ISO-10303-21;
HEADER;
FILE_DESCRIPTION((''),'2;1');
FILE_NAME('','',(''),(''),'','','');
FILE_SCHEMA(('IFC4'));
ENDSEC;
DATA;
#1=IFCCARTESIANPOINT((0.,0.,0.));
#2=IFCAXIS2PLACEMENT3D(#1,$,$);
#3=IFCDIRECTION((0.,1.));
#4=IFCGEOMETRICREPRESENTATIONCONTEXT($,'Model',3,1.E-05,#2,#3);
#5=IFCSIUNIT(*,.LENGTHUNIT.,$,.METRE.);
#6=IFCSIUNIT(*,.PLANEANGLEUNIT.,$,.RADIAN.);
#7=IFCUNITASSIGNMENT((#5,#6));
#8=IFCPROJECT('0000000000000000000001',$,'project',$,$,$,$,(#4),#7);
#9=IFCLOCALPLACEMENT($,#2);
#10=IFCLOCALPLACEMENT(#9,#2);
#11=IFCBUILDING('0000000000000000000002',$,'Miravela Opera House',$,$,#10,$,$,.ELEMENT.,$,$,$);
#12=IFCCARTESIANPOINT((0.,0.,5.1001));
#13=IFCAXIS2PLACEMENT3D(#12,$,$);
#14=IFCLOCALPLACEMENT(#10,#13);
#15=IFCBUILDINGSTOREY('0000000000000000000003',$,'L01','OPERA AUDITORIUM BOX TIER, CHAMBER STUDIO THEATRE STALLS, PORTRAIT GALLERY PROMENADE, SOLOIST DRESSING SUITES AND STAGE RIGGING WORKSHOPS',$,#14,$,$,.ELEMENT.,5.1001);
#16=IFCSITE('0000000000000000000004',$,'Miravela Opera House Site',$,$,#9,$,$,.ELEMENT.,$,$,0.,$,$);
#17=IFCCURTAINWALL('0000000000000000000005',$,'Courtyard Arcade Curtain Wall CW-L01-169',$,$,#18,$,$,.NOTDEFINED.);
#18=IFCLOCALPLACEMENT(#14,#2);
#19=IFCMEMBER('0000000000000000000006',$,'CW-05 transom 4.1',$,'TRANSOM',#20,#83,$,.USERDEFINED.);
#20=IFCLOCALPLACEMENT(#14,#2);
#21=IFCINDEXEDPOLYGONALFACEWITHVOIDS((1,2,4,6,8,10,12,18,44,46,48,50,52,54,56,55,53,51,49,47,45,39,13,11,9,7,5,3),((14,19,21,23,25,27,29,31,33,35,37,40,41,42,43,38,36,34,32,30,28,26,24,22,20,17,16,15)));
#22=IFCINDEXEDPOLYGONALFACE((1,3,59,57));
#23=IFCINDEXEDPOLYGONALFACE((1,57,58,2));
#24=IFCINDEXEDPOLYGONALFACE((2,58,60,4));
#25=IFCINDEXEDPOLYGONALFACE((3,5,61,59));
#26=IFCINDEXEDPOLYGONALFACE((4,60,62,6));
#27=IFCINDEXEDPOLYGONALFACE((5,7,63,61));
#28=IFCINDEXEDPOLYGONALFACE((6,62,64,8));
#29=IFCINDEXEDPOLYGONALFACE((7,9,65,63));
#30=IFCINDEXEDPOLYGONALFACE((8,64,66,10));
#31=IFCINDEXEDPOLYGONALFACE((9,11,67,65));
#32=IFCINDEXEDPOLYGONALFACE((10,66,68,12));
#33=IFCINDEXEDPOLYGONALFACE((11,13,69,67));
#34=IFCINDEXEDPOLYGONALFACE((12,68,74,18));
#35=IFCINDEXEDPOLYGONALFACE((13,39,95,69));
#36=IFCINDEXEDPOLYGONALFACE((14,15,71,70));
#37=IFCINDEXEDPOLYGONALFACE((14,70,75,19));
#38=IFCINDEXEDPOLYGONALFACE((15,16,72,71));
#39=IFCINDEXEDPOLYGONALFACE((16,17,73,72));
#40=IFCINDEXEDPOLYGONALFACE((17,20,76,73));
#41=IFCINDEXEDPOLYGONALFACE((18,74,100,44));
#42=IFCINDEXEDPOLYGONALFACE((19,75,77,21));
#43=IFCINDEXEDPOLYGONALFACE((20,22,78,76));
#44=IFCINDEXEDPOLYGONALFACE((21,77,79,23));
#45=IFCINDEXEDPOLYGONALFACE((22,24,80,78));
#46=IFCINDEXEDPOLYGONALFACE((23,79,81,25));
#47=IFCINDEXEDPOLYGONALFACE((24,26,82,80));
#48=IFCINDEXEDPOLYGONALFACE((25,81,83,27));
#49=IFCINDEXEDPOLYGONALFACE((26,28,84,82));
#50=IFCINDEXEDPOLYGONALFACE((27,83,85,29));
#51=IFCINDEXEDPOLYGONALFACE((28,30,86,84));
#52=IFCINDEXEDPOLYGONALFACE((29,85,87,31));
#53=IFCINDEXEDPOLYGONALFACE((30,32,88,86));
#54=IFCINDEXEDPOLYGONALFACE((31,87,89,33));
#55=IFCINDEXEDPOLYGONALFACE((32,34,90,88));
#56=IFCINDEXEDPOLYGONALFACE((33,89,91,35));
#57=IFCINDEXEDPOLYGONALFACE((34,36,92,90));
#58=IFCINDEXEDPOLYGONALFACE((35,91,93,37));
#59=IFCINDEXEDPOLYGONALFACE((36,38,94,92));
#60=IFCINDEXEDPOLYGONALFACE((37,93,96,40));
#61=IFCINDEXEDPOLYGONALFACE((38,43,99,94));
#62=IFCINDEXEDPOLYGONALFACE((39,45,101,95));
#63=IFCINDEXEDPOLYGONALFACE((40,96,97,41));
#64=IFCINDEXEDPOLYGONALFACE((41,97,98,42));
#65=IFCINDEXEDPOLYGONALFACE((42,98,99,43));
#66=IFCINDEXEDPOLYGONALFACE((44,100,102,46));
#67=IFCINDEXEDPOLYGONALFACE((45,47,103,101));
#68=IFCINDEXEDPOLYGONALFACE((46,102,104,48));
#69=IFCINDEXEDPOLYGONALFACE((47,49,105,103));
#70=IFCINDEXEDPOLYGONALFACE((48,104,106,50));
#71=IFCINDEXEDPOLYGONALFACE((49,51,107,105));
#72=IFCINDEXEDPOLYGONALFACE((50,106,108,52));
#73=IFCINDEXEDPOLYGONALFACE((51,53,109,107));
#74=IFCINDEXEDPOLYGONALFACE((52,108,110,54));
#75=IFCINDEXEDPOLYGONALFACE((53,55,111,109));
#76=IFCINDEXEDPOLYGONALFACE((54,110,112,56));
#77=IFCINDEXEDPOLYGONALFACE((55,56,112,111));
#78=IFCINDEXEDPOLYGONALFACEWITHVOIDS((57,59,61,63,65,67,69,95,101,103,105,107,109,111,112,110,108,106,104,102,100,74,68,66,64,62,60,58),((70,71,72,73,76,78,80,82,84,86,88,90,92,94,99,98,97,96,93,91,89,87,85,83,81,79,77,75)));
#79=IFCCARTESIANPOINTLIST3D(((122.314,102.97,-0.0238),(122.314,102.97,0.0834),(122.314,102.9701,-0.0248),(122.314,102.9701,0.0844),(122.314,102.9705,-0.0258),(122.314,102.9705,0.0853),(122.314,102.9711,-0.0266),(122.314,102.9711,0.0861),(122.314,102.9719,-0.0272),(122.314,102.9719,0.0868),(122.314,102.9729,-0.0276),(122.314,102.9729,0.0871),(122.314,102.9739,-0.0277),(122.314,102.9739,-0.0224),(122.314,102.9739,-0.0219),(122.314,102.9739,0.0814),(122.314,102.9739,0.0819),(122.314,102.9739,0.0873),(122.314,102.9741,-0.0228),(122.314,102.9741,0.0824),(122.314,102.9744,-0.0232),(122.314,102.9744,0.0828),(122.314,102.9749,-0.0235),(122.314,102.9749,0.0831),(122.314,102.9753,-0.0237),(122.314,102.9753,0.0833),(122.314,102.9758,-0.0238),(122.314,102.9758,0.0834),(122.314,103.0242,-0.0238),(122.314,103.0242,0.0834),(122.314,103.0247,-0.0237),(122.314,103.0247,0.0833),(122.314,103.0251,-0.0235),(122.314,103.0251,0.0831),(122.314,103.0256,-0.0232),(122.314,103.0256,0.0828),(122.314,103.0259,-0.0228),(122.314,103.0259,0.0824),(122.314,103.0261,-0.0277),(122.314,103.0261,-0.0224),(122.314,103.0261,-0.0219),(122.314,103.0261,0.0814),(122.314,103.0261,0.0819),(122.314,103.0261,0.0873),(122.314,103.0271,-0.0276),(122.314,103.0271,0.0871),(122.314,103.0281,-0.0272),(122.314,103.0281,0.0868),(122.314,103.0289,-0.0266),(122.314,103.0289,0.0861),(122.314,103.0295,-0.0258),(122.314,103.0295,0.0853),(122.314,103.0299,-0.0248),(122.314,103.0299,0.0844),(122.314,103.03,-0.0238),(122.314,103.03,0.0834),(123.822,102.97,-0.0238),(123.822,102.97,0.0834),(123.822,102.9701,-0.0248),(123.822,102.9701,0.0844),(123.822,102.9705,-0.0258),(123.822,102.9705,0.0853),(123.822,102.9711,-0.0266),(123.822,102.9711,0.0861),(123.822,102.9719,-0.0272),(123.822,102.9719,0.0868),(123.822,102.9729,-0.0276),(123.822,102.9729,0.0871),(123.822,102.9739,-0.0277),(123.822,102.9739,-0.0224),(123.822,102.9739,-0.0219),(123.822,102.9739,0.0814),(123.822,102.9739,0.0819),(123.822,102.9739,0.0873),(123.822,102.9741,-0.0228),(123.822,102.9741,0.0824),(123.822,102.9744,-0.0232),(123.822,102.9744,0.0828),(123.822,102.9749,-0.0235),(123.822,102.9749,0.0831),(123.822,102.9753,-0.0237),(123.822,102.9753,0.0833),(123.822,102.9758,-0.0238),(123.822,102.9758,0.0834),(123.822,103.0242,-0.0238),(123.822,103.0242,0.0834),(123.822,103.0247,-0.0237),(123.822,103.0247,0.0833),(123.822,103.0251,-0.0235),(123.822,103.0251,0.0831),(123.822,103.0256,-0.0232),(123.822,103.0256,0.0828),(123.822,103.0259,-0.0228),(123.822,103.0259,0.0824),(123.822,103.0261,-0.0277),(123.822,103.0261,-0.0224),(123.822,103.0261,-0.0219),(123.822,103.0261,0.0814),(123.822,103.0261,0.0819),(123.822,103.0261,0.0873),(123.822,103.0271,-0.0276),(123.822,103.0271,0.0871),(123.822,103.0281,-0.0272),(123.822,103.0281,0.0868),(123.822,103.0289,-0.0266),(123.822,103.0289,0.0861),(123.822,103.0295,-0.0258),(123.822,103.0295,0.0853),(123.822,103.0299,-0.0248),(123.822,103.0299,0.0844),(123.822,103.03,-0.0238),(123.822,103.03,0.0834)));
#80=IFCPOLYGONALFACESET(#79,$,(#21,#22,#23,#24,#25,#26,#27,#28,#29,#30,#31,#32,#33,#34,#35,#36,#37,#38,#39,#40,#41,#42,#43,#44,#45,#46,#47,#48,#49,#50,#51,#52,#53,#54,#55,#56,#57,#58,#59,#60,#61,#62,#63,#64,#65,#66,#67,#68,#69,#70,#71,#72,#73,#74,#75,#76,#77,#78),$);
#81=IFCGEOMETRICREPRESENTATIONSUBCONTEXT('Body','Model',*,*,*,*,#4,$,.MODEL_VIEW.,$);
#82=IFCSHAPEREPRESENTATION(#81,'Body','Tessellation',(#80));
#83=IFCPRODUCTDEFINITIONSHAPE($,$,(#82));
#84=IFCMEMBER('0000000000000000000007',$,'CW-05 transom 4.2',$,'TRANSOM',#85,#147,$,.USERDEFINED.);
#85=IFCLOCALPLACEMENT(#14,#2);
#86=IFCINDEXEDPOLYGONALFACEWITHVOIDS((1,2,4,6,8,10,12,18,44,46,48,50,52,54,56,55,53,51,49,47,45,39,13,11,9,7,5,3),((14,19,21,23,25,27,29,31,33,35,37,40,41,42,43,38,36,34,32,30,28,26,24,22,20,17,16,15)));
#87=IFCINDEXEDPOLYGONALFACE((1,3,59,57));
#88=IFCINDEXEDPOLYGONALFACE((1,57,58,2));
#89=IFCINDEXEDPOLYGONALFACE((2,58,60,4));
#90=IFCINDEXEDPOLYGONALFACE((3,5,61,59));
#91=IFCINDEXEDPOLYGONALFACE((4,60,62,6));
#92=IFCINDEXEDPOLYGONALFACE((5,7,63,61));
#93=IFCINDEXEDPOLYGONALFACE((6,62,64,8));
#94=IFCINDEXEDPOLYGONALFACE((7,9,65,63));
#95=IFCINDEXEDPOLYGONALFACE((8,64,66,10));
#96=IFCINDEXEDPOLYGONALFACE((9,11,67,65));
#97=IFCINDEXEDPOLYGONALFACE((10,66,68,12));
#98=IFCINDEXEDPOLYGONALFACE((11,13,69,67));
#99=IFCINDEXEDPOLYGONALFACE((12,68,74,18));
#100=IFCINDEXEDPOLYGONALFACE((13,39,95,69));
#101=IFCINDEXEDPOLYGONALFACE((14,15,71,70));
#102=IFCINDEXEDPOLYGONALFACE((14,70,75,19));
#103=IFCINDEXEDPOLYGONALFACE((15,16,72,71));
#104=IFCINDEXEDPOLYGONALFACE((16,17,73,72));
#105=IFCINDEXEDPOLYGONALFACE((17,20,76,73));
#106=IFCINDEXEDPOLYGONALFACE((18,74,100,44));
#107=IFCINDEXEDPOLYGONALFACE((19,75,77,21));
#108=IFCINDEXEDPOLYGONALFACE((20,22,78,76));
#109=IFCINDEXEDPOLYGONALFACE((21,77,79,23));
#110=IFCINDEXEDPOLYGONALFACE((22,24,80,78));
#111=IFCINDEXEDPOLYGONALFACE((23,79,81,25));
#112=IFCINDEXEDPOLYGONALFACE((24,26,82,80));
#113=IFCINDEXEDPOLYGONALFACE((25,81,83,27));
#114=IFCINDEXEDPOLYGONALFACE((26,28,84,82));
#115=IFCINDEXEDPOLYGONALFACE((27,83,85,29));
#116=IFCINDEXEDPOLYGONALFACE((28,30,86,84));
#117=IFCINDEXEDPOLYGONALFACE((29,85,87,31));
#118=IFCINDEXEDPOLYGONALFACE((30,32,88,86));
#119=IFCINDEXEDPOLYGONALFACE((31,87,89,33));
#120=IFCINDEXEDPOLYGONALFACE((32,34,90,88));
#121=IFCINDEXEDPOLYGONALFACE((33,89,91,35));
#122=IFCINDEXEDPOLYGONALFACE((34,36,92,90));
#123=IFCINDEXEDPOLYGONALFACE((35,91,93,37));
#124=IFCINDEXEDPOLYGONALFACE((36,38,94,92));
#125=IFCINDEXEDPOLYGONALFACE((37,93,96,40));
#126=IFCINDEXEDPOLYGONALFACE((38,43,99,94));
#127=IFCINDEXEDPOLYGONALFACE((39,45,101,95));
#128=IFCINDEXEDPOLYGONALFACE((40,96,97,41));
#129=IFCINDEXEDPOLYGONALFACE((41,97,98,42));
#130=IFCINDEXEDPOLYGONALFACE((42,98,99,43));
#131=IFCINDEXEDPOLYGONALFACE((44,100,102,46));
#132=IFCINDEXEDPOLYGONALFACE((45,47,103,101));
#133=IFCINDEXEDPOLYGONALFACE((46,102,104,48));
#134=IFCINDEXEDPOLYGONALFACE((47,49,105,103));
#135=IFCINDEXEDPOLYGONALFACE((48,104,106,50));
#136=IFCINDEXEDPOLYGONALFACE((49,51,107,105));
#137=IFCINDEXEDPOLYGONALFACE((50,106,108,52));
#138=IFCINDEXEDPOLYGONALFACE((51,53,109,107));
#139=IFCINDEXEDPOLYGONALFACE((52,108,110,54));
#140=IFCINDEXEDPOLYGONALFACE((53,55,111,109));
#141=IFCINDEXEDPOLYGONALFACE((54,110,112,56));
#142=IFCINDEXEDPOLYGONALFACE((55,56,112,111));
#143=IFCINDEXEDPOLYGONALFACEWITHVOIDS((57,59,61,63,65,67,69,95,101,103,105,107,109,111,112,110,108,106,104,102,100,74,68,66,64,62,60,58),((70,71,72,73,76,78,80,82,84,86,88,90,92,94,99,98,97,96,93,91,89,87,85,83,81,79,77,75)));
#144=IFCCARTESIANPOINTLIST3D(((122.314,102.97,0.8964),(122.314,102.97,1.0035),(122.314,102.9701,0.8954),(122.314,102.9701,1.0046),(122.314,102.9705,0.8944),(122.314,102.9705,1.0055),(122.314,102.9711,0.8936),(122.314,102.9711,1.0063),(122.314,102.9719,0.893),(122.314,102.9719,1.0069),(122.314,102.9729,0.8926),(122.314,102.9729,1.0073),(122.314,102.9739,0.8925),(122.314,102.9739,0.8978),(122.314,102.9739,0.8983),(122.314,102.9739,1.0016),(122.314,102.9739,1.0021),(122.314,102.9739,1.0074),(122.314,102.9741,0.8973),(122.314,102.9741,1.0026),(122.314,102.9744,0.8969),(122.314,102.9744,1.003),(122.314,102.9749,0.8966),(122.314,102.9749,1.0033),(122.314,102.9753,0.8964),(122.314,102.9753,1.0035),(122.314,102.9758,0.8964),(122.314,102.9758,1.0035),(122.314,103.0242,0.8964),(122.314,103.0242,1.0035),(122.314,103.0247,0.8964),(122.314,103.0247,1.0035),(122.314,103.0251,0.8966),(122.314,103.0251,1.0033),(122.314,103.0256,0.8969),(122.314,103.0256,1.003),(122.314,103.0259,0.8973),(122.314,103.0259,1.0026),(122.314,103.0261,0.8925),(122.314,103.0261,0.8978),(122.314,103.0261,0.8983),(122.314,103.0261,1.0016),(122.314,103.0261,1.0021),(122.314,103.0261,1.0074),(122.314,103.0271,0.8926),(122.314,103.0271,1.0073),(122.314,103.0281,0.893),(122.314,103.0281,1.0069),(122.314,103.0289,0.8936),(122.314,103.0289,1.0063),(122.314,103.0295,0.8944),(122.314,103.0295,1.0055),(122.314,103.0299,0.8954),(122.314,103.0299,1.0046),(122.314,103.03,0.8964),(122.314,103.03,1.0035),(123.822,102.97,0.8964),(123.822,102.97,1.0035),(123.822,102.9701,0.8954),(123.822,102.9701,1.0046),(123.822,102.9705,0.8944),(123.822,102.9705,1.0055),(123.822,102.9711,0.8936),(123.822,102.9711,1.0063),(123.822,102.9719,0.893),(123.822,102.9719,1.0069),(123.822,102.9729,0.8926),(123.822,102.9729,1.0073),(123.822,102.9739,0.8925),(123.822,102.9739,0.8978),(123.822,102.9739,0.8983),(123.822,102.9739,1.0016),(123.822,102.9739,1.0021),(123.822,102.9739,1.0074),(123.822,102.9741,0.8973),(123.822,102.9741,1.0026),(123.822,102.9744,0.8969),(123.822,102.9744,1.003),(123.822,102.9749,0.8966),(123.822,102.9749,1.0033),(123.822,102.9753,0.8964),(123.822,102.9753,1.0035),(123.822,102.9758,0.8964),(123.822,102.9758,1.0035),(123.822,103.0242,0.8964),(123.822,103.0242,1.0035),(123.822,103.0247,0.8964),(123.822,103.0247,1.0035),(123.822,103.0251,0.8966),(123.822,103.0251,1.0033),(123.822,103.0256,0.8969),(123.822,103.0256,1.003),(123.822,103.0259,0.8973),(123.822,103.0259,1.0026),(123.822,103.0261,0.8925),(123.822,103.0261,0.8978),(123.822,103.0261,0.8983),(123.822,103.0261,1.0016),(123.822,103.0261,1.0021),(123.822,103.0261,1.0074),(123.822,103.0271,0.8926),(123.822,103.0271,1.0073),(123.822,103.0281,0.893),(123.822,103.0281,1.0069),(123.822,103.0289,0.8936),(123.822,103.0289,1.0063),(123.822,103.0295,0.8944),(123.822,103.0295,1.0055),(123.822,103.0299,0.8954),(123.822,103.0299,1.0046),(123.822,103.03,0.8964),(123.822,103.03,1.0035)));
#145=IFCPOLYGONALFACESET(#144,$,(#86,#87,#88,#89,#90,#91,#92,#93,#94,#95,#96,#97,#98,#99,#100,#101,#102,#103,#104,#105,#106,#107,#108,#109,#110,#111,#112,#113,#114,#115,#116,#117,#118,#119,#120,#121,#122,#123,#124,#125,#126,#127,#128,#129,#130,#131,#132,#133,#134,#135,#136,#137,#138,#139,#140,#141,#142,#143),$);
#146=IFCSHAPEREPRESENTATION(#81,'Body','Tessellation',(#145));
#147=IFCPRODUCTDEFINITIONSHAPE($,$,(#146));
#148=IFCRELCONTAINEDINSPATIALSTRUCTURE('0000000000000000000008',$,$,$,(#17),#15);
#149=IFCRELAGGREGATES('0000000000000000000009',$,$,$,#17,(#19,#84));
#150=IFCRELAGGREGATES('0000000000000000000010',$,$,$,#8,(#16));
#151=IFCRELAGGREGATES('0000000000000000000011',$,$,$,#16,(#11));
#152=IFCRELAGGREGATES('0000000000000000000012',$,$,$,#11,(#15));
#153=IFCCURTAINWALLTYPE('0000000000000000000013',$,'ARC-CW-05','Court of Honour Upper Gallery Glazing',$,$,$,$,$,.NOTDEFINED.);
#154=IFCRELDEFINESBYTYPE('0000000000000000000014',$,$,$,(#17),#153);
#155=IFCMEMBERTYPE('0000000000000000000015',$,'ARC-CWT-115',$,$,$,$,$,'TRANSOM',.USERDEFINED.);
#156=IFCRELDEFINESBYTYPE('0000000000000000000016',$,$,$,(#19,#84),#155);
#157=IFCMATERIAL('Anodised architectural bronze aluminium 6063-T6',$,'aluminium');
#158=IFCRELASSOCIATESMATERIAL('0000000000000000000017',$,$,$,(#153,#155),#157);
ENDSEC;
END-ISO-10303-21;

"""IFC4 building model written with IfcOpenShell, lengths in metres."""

from ifc_helpers import new_model, si_unit, direction, frame, origin, origin_2d, place, context, subcontext, project, spatial, hollow_rectangle, extrude, material, material_profile, profile_set, type_object, element, aggregate, save


model = new_model("IFC4")

# Units and contexts
model_context = context("Model", 3, precision=1e-05, world=origin(), true_north=direction((0.0, 1.0)))
body_context = subcontext(model_context, "Body", "Model", "MODEL_VIEW")
ifc_project = project(units=[si_unit("LENGTHUNIT", "METRE"), si_unit("PLANEANGLEUNIT", "RADIAN")], contexts=[model_context])

# Site, building, storey
site_placement = place(None, origin())
site = spatial("IfcSite", under=ifc_project, at=site_placement, Name="Miravela Opera House Site", CompositionType="ELEMENT", RefElevation=0.0)
building_placement = place(site_placement, origin())
building = spatial("IfcBuilding", under=site, at=building_placement, Name="Miravela Opera House", CompositionType="ELEMENT")
storey_placement = place(building_placement, frame((0.0, 0.0, 5.1001)))
storey = spatial("IfcBuildingStorey", under=building, at=storey_placement, Name="L01", Description="OPERA AUDITORIUM BOX TIER, CHAMBER STUDIO THEATRE STALLS, PORTRAIT GALLERY PROMENADE, SOLOIST DRESSING SUITES AND STAGE RIGGING WORKSHOPS", CompositionType="ELEMENT", Elevation=5.1001)

# Curtain wall, members
ifc_material_1 = material(Name="Anodised architectural bronze aluminium 6063-T6", Category="aluminium")
curtain_wall_type = type_object("IfcCurtainWallType", Name="ARC-CW-05", Description="Court of Honour Upper Gallery Glazing", PredefinedType="NOTDEFINED", material=ifc_material_1)
curtain_wall_placement = place(storey_placement, origin())
curtain_wall = element("IfcCurtainWall", 1, at=curtain_wall_placement, inside=storey, type_object=curtain_wall_type, Name="Courtyard Arcade Curtain Wall CW-L01-169", PredefinedType="NOTDEFINED")
ifc_material_profile_1 = material_profile(ifc_material_1, hollow_rectangle(XDim=0.0601, YDim=0.115, WallThickness=0.0039, InnerFilletRadius=0.002, OuterFilletRadius=0.0039, at=origin_2d()), Name="CWT-60X115")
ifc_profile_set_1 = profile_set([ifc_material_profile_1])
member_type_1 = type_object("IfcMemberType", Name="ARC-CWT-115", ElementType="TRANSOM", PredefinedType="USERDEFINED", material=ifc_profile_set_1)
member_1_placement = place(storey_placement, frame((122.314, 103.0, 0.0298), z_axis=(1.0, 0.0, 0.0), x_axis=(0.0, 1.0, 0.0)))
member_1 = element("IfcMember", 2, at=member_1_placement, type_object=member_type_1, Name="CW-05 transom 4.1", ObjectType="TRANSOM", PredefinedType="USERDEFINED", context=body_context, shape_type="SweptSolid", body=[
    extrude(hollow_rectangle(XDim=0.0601, YDim=0.115, WallThickness=0.0039, InnerFilletRadius=0.002, OuterFilletRadius=0.0039, at=origin_2d()), origin(), (0.0, 0.0, 1.0), 1.5081),
])
member_2_placement = place(storey_placement, frame((122.314, 103.0, 0.95), z_axis=(1.0, 0.0, 0.0), x_axis=(0.0, 1.0, 0.0)))
member_2 = element("IfcMember", 3, at=member_2_placement, type_object=member_type_1, Name="CW-05 transom 4.2", ObjectType="TRANSOM", PredefinedType="USERDEFINED", context=body_context, shape_type="SweptSolid", body=[
    extrude(hollow_rectangle(XDim=0.0601, YDim=0.115, WallThickness=0.0039, InnerFilletRadius=0.002, OuterFilletRadius=0.0039, at=origin_2d()), origin(), (0.0, 0.0, 1.0), 1.5081),
])
aggregate(curtain_wall, [member_1, member_2])

save(model, "model.ifc")
